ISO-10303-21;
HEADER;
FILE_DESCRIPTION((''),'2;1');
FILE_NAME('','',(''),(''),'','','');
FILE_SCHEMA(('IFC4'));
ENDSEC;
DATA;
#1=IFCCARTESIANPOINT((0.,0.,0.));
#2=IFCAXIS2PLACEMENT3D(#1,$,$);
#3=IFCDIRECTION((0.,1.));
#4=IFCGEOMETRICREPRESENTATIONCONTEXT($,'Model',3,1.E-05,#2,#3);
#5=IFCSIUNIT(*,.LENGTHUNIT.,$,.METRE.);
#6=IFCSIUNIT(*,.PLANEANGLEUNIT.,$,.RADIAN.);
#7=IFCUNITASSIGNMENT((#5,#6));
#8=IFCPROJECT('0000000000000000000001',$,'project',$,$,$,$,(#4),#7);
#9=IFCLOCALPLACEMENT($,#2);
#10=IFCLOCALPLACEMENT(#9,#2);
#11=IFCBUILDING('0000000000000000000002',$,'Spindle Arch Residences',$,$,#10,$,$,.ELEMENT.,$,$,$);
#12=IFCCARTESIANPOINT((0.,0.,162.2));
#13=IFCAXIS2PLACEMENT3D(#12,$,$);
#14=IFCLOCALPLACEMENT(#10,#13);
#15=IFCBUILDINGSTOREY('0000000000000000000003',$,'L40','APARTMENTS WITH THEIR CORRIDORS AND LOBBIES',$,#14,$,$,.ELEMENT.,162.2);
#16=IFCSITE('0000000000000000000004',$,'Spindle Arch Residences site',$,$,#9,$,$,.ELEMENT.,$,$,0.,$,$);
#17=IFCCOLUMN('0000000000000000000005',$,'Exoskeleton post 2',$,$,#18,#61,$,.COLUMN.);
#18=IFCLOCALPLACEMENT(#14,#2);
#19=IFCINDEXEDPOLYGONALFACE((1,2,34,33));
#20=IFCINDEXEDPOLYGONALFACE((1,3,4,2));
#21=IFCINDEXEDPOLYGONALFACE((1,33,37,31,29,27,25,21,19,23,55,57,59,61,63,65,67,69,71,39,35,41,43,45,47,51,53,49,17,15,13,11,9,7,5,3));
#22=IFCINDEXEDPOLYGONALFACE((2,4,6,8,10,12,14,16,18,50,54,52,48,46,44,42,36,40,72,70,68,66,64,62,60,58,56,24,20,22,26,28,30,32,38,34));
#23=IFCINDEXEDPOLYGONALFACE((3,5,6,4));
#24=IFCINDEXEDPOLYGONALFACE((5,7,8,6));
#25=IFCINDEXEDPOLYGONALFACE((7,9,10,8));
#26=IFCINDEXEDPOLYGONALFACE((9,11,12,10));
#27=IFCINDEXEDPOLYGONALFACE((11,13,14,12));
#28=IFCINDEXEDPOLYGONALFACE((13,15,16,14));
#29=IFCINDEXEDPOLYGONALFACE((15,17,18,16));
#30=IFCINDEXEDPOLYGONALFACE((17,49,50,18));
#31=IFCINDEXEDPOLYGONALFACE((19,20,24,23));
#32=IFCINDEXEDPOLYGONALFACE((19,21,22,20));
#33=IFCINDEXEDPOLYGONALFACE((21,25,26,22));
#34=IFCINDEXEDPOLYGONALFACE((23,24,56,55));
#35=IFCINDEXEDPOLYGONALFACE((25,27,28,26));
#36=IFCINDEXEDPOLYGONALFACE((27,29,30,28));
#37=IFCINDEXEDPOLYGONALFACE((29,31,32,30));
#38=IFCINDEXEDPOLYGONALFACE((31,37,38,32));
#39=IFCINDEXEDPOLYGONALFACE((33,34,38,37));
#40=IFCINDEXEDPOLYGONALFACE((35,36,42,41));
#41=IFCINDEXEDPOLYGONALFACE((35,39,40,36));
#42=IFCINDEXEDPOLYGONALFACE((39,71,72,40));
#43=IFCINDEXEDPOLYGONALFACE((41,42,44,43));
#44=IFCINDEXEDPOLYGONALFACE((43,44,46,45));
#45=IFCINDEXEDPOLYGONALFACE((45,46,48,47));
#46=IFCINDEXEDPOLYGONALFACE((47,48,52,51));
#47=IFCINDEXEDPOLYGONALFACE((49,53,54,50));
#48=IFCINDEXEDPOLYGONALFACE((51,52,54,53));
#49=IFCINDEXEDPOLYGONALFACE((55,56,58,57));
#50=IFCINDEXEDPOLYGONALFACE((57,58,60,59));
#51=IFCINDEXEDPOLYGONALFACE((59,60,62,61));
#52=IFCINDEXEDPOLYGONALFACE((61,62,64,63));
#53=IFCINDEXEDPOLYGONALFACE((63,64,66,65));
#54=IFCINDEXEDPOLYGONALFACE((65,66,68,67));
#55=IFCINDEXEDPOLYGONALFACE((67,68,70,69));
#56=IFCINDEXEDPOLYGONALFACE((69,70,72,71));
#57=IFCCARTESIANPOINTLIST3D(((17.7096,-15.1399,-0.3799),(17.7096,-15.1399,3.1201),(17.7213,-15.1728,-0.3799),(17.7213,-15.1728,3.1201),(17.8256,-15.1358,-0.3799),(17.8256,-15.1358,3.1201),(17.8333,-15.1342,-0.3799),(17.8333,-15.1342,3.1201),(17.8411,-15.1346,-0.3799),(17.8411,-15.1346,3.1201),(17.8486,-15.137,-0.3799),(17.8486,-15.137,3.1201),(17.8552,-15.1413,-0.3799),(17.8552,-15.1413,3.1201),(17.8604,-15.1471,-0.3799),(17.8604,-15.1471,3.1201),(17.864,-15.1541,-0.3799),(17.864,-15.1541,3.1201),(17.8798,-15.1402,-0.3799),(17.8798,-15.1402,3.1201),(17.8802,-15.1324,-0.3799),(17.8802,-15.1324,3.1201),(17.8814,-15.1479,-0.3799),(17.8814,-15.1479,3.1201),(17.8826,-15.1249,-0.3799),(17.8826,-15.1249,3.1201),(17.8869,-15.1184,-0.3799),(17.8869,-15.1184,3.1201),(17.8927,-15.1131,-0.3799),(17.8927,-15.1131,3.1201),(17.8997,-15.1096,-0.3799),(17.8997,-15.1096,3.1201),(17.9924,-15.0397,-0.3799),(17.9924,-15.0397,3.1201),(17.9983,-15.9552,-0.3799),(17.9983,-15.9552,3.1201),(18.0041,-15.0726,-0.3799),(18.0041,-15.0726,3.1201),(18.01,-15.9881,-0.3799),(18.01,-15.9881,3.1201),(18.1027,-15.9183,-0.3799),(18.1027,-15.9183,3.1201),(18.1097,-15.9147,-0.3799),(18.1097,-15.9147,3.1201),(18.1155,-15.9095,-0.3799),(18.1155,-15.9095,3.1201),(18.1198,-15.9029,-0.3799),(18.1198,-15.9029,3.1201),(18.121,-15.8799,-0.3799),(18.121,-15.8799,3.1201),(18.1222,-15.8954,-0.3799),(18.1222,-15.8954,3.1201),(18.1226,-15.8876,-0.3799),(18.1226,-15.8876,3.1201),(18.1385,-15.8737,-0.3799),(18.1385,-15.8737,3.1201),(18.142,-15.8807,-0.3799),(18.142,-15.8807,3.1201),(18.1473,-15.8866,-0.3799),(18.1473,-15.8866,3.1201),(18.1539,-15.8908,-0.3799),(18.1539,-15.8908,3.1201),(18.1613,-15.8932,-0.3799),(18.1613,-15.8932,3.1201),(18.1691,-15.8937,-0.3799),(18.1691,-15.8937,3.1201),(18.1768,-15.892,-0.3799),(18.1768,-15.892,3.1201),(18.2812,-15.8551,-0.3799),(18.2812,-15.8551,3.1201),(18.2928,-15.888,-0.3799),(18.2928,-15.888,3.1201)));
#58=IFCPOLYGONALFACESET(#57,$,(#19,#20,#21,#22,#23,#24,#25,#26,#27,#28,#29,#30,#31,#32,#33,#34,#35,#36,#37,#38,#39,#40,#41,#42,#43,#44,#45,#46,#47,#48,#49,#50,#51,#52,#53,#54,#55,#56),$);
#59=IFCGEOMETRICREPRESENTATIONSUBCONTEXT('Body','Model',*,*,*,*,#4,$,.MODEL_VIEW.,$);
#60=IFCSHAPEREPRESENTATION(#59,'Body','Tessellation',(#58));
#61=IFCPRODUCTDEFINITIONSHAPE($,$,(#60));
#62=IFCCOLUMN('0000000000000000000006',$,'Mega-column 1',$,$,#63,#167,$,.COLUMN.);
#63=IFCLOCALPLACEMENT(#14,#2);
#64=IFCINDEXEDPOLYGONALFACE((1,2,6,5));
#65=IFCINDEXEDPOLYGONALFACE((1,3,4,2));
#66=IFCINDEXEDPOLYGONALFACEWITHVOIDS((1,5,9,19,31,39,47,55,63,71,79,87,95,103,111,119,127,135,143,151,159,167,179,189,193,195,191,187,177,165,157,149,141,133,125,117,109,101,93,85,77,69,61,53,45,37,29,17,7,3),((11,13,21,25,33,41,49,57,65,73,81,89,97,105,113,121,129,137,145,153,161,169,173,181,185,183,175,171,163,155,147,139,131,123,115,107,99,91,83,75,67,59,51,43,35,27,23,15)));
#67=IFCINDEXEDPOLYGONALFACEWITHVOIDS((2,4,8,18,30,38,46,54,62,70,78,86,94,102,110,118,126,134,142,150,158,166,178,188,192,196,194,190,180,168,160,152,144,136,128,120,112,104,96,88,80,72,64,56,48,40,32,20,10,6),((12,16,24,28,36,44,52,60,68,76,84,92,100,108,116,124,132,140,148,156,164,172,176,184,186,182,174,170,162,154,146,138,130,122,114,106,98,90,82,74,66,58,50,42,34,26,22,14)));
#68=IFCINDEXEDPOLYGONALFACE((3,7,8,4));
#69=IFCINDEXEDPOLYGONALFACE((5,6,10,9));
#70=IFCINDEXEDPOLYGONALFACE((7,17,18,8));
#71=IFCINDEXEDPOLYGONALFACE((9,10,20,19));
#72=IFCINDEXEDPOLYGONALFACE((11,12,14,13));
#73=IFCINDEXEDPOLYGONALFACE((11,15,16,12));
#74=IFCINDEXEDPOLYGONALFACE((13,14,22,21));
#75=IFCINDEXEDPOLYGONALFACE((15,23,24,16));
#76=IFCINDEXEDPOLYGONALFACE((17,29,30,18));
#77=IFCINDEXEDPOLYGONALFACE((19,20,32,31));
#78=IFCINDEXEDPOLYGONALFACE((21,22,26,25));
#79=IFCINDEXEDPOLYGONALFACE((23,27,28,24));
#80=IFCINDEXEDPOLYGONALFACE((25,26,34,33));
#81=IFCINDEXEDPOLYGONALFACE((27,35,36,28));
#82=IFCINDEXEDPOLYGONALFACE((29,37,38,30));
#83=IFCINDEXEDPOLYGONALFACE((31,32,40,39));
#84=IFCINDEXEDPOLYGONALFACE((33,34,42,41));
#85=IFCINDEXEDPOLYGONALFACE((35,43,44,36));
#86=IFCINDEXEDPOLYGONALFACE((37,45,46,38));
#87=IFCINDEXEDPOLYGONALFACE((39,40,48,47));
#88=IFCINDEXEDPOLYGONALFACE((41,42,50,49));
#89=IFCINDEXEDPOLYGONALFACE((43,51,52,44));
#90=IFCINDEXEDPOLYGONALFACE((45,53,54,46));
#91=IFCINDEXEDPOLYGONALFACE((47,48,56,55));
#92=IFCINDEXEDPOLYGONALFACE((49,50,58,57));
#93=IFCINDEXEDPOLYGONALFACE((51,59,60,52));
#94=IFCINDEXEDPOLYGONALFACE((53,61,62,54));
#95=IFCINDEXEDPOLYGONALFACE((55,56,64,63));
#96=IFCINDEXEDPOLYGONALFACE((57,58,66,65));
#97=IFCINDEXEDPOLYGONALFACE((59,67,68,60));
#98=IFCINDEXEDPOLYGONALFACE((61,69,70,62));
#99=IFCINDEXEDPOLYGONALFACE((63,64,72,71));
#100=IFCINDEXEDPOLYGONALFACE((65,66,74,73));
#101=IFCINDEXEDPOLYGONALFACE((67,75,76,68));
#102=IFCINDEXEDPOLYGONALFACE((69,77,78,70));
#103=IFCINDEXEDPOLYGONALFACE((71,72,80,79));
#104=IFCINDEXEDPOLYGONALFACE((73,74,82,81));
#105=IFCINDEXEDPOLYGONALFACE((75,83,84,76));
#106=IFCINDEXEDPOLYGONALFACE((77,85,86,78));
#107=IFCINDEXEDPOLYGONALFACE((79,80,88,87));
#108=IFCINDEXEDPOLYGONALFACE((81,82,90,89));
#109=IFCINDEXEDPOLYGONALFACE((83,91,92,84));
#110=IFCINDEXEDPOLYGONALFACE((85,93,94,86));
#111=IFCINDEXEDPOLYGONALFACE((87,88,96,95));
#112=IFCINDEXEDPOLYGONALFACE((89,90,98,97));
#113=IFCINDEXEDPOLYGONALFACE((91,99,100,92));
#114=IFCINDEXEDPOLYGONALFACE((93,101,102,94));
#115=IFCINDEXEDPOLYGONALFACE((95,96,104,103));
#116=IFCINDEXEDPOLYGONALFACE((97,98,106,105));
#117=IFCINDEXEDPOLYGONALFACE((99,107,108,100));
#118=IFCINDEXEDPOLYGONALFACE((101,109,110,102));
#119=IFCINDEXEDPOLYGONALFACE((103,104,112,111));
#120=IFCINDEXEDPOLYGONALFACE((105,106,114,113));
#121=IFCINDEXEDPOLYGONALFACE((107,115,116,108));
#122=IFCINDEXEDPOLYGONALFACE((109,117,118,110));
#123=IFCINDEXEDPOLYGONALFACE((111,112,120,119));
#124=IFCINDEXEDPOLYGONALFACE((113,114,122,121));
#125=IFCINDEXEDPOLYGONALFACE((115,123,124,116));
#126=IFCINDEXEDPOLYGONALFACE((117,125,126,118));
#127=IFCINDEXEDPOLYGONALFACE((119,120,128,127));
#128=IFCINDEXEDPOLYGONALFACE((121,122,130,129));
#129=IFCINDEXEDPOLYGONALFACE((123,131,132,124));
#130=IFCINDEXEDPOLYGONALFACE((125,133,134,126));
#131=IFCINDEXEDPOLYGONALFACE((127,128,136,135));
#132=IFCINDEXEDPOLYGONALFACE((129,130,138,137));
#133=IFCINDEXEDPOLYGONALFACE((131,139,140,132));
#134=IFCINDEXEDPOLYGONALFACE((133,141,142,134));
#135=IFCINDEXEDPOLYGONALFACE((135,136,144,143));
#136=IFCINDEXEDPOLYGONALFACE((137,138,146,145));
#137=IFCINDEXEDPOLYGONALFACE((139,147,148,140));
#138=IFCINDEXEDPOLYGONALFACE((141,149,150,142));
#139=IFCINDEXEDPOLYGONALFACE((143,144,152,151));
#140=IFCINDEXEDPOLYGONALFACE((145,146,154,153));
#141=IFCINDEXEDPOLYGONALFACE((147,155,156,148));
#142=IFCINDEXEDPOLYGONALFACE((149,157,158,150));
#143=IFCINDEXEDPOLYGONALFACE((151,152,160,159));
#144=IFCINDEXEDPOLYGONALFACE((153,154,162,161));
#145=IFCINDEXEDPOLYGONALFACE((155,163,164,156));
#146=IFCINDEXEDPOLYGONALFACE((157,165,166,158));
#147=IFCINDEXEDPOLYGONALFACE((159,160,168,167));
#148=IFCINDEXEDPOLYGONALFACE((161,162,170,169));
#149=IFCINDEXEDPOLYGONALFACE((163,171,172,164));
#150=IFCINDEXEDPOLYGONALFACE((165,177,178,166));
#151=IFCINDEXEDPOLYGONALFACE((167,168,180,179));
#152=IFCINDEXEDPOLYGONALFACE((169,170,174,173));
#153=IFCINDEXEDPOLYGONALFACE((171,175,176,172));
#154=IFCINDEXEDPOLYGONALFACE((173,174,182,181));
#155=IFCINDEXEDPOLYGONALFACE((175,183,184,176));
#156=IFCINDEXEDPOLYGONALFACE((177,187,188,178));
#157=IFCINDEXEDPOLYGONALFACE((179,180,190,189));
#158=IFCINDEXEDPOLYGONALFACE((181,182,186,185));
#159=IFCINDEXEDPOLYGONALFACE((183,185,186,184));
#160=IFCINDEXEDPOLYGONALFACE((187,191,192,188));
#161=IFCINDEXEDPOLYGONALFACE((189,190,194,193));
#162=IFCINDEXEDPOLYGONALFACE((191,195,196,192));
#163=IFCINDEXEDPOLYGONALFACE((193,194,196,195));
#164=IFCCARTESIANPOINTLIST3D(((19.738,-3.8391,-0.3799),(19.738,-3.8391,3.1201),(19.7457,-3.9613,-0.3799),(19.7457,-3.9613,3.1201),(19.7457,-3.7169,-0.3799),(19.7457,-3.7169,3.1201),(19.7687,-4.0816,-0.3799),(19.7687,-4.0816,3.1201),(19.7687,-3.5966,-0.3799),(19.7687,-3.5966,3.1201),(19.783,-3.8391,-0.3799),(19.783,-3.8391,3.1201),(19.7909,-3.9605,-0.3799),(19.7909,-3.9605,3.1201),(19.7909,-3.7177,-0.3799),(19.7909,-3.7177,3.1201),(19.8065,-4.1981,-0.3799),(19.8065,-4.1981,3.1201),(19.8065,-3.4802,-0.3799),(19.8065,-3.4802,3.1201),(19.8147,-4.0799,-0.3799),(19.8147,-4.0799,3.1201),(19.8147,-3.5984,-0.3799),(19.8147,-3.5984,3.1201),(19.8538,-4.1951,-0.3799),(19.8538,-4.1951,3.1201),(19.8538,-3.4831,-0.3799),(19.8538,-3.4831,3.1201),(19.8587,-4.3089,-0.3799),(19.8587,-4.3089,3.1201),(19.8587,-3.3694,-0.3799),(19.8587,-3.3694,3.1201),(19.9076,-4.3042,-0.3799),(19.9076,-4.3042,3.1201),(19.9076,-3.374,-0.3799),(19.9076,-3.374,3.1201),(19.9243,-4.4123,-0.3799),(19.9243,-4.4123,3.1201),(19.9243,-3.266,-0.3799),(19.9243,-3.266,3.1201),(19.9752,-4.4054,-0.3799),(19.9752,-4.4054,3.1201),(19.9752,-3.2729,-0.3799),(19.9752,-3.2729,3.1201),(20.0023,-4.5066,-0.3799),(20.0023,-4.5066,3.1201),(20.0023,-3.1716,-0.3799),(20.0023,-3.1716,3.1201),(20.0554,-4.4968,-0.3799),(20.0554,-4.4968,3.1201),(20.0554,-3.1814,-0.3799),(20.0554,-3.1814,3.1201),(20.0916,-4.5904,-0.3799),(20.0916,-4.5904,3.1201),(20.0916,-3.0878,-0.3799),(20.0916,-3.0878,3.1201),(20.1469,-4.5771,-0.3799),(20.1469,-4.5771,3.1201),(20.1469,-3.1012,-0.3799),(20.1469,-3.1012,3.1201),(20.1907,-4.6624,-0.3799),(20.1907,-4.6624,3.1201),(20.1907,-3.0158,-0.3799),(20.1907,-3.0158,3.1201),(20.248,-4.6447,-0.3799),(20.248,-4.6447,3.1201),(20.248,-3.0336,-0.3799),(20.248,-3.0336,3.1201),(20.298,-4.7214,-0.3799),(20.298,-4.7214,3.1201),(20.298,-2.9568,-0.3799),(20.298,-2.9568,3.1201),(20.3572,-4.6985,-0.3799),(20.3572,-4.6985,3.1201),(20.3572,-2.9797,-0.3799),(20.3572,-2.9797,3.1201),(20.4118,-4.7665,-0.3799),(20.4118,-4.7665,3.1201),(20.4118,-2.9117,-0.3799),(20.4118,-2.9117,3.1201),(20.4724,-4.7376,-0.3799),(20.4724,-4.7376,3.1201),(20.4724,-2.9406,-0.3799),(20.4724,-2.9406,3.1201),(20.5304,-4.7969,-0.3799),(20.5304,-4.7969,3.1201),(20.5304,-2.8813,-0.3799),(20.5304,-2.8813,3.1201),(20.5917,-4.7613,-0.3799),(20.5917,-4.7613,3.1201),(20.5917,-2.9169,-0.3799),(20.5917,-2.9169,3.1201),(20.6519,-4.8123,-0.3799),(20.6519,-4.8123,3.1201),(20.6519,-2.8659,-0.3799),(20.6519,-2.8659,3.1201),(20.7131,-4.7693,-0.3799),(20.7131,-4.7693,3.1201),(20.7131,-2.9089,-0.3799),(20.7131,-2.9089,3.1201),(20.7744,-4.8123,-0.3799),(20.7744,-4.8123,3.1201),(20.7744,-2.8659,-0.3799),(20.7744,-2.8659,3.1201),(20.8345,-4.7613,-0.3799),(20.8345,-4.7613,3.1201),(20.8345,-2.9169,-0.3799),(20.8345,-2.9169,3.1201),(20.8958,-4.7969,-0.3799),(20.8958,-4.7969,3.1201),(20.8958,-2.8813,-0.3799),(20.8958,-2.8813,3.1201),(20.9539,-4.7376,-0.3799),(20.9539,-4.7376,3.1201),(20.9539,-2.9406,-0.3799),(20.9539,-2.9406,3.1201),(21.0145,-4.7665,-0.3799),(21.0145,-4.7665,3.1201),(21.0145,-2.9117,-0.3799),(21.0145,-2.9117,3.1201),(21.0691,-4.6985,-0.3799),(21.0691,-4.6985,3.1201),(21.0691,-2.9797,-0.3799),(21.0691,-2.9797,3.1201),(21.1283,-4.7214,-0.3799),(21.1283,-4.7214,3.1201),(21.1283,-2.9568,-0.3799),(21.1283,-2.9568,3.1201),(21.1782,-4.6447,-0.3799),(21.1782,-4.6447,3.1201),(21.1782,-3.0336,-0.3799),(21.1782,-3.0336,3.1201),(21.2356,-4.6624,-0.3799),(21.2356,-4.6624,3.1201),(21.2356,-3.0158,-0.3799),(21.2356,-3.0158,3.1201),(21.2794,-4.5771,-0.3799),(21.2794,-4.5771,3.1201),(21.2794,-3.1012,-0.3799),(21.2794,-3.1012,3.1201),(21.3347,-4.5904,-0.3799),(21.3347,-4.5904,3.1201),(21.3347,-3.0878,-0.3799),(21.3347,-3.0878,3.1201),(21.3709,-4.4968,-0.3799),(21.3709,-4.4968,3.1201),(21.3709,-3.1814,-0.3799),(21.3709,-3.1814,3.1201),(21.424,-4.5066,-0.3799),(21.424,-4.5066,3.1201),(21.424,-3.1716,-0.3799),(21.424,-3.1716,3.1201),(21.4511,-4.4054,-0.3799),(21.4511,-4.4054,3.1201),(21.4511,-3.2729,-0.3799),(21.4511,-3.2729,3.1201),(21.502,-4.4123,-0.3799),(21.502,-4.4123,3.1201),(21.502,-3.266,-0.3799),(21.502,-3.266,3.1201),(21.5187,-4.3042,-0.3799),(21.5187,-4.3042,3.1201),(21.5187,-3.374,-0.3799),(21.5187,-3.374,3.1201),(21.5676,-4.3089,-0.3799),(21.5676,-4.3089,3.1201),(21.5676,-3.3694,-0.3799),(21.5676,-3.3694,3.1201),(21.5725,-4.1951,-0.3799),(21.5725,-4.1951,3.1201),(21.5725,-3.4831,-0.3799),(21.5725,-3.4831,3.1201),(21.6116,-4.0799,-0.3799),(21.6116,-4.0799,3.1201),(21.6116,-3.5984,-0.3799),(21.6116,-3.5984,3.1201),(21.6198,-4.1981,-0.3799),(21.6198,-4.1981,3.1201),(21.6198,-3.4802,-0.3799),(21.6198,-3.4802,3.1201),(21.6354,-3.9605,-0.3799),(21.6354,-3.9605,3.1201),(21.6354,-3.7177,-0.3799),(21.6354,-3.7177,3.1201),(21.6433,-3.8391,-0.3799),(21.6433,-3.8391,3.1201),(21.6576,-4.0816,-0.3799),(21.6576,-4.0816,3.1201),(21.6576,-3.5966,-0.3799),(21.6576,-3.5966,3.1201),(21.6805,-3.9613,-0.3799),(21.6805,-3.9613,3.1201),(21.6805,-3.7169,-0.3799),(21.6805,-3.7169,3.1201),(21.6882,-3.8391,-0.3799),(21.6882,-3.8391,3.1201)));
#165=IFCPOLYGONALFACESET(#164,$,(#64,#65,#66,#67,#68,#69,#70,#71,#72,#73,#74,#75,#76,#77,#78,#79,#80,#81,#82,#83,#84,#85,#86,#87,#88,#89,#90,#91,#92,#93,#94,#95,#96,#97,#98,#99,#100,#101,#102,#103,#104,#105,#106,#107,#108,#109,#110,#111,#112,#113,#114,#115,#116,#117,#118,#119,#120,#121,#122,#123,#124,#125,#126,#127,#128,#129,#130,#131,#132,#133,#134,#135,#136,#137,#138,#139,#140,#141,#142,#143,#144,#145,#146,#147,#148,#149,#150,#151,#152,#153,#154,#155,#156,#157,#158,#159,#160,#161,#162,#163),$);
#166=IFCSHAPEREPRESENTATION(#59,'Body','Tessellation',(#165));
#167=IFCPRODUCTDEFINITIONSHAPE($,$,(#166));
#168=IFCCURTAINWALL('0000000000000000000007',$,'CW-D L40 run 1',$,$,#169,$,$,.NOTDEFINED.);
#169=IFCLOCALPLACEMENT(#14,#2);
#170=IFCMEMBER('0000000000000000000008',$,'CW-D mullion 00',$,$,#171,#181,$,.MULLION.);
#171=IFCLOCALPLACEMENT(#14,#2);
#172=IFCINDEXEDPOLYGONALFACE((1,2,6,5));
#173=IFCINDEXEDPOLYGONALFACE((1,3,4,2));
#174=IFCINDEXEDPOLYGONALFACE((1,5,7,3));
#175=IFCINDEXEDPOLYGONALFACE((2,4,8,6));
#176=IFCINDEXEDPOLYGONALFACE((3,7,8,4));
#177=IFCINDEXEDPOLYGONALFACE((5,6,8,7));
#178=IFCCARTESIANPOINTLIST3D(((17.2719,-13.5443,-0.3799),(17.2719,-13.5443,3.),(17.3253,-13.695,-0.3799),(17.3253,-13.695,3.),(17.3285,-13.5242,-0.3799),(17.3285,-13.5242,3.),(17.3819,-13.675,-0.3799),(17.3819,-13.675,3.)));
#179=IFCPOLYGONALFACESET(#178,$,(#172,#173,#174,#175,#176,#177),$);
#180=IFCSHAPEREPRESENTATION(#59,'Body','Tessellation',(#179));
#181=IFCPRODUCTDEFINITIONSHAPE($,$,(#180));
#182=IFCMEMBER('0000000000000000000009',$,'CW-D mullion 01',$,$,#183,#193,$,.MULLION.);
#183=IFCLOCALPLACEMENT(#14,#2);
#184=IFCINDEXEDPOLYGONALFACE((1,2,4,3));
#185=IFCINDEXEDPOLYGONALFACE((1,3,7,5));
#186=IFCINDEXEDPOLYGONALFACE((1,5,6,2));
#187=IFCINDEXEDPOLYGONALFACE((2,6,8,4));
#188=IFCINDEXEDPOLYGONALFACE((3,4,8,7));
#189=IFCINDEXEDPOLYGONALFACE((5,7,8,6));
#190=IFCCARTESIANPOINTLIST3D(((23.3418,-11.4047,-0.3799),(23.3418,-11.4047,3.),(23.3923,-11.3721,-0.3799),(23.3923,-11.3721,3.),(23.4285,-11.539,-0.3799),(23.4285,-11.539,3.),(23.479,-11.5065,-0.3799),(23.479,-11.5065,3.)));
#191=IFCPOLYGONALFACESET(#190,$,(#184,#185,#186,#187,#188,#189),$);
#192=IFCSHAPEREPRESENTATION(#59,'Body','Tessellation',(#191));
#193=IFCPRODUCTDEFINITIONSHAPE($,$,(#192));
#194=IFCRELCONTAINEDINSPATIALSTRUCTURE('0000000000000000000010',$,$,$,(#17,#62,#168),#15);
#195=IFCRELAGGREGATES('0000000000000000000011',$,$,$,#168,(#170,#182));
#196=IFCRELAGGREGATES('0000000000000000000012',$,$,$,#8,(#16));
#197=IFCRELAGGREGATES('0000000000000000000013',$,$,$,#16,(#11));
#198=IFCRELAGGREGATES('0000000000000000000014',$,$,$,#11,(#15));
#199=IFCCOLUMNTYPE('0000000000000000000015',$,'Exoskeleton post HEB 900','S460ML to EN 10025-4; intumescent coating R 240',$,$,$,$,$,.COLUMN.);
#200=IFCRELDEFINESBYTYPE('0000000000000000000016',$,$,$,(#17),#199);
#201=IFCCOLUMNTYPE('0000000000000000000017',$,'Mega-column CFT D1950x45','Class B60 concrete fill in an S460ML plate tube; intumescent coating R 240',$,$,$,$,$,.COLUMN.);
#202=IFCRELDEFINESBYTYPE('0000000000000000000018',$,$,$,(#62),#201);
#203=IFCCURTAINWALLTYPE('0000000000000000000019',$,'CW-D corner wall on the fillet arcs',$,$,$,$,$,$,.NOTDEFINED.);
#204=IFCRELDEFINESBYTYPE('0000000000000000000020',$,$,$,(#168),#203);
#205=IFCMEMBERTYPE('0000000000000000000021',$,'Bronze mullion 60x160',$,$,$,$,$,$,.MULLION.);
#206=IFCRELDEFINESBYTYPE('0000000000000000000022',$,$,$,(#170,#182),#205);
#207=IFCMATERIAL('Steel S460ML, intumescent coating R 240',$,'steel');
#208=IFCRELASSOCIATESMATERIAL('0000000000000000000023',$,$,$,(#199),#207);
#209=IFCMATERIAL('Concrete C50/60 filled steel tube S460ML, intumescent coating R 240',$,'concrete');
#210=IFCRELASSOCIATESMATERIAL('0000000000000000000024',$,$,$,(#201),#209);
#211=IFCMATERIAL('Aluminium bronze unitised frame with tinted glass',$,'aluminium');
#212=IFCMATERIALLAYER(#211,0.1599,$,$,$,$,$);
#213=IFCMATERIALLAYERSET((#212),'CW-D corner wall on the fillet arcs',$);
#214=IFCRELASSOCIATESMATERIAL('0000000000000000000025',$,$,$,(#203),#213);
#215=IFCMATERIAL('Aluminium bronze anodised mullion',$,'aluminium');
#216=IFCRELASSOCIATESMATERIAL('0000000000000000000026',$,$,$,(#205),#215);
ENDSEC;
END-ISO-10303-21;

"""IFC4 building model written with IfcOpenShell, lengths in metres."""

from ifc_helpers import new_model, si_unit, direction, frame, origin, origin_2d, place, context, subcontext, project, spatial, rectangle, hollow_circle, i_section, extrude, material, layer, layer_set, material_profile, profile_set, type_object, element, aggregate, save


model = new_model("IFC4")

# Units and contexts
model_context = context("Model", 3, precision=1e-05, world=origin(), true_north=direction((0.0, 1.0)))
body_context = subcontext(model_context, "Body", "Model", "MODEL_VIEW")
ifc_project = project(units=[si_unit("LENGTHUNIT", "METRE"), si_unit("PLANEANGLEUNIT", "RADIAN")], contexts=[model_context])

# Site, building, storey
site_placement = place(None, origin())
site = spatial("IfcSite", under=ifc_project, at=site_placement, Name="Spindle Arch Residences site", CompositionType="ELEMENT", RefElevation=0.0)
building_placement = place(site_placement, origin())
building = spatial("IfcBuilding", under=site, at=building_placement, Name="Spindle Arch Residences", CompositionType="ELEMENT")
storey_placement = place(building_placement, frame((0.0, 0.0, 162.2)))
storey = spatial("IfcBuildingStorey", under=building, at=storey_placement, Name="L40", Description="APARTMENTS WITH THEIR CORRIDORS AND LOBBIES", CompositionType="ELEMENT", Elevation=162.2)

# Columns
ifc_material_1 = material(Name="Steel S460ML, intumescent coating R 240", Category="steel")
ifc_material_profile_1 = material_profile(ifc_material_1, i_section(OverallWidth=0.3, OverallDepth=0.8999, WebThickness=0.0186, FlangeThickness=0.0349, FilletRadius=0.03, at=origin_2d()), Name="HEB 900")
ifc_profile_set_1 = profile_set([ifc_material_profile_1], Name="Steel S460ML, intumescent coating R 240")
column_type_1 = type_object("IfcColumnType", Name="Exoskeleton post HEB 900", Description="S460ML to EN 10025-4; intumescent coating R 240", PredefinedType="COLUMN", material=ifc_profile_set_1)
column_1_placement = place(storey_placement, frame((18.0012, -15.5139, -0.3799), z_axis=(0.0, 0.0, 1.0), x_axis=(-0.942641, -0.333807, 0.0)))
element("IfcColumn", 1, at=column_1_placement, inside=storey, type_object=column_type_1, Name="Exoskeleton post 2", PredefinedType="COLUMN", context=body_context, shape_type="SweptSolid", body=[
    extrude(i_section(OverallWidth=0.3, OverallDepth=0.8999, WebThickness=0.0186, FlangeThickness=0.0349, FilletRadius=0.03, at=origin_2d()), origin(), (0.0, 0.0, 1.0), 3.5),
])
ifc_material_2 = material(Name="Concrete C50/60 filled steel tube S460ML, intumescent coating R 240", Category="concrete")
ifc_material_profile_2 = material_profile(ifc_material_2, hollow_circle(Radius=0.9751, WallThickness=0.0449, at=origin_2d()), Name="CFT D1950x45")
ifc_profile_set_2 = profile_set([ifc_material_profile_2], Name="Concrete C50/60 filled steel tube S460ML, intumescent coating R 240")
column_type_2 = type_object("IfcColumnType", Name="Mega-column CFT D1950x45", Description="Class B60 concrete fill in an S460ML plate tube; intumescent coating R 240", PredefinedType="COLUMN", material=ifc_profile_set_2)
column_2_placement = place(storey_placement, frame((20.7131, -3.8391, -0.3799), z_axis=(0.0, 0.0, 1.0), x_axis=(1.0, 0.0, 0.0)))
element("IfcColumn", 2, at=column_2_placement, inside=storey, type_object=column_type_2, Name="Mega-column 1", PredefinedType="COLUMN", context=body_context, shape_type="SweptSolid", body=[
    extrude(hollow_circle(Radius=0.9751, WallThickness=0.0449, at=origin_2d()), origin(), (0.0, 0.0, 1.0), 3.5),
])

# Curtain wall, members
ifc_material_3 = material(Name="Aluminium bronze unitised frame with tinted glass", Category="aluminium")
ifc_layer_1 = layer(ifc_material_3, 0.1599)
ifc_layer_set_1 = layer_set([ifc_layer_1], Name="CW-D corner wall on the fillet arcs")
curtain_wall_type_1 = type_object("IfcCurtainWallType", Name="CW-D corner wall on the fillet arcs", PredefinedType="NOTDEFINED", material=ifc_layer_set_1)
curtain_wall_1_placement = place(storey_placement, origin())
curtain_wall_1 = element("IfcCurtainWall", 3, at=curtain_wall_1_placement, inside=storey, type_object=curtain_wall_type_1, Name="CW-D L40 run 1", PredefinedType="NOTDEFINED")
ifc_material_4 = material(Name="Aluminium bronze anodised mullion", Category="aluminium")
ifc_material_profile_3 = material_profile(ifc_material_4, rectangle(XDim=0.1599, YDim=0.0601, at=origin_2d()), Name="MU 60x160")
ifc_profile_set_3 = profile_set([ifc_material_profile_3], Name="Aluminium bronze anodised mullion")
member_type_1 = type_object("IfcMemberType", Name="Bronze mullion 60x160", PredefinedType="MULLION", material=ifc_profile_set_3)
member_1_placement = place(storey_placement, frame((17.3269, -13.6096, -0.3799), z_axis=(0.0, 0.0, 1.0), x_axis=(-0.333807, 0.942641, 0.0)))
member_1 = element("IfcMember", 4, at=member_1_placement, type_object=member_type_1, Name="CW-D mullion 00", PredefinedType="MULLION", context=body_context, shape_type="SweptSolid", body=[
    extrude(rectangle(XDim=0.1599, YDim=0.0601, at=origin_2d()), origin(), (0.0, 0.0, 1.0), 3.3799),
])
member_2_placement = place(storey_placement, frame((23.4104, -11.4556, -0.3799), z_axis=(0.0, 0.0, 1.0), x_axis=(-0.542197, 0.840251, 0.0)))
member_2 = element("IfcMember", 5, at=member_2_placement, type_object=member_type_1, Name="CW-D mullion 01", PredefinedType="MULLION", context=body_context, shape_type="SweptSolid", body=[
    extrude(rectangle(XDim=0.1599, YDim=0.0601, at=origin_2d()), origin(), (0.0, 0.0, 1.0), 3.3799),
])

aggregate(curtain_wall_1, [member_1, member_2])

save(model, "model.ifc")
